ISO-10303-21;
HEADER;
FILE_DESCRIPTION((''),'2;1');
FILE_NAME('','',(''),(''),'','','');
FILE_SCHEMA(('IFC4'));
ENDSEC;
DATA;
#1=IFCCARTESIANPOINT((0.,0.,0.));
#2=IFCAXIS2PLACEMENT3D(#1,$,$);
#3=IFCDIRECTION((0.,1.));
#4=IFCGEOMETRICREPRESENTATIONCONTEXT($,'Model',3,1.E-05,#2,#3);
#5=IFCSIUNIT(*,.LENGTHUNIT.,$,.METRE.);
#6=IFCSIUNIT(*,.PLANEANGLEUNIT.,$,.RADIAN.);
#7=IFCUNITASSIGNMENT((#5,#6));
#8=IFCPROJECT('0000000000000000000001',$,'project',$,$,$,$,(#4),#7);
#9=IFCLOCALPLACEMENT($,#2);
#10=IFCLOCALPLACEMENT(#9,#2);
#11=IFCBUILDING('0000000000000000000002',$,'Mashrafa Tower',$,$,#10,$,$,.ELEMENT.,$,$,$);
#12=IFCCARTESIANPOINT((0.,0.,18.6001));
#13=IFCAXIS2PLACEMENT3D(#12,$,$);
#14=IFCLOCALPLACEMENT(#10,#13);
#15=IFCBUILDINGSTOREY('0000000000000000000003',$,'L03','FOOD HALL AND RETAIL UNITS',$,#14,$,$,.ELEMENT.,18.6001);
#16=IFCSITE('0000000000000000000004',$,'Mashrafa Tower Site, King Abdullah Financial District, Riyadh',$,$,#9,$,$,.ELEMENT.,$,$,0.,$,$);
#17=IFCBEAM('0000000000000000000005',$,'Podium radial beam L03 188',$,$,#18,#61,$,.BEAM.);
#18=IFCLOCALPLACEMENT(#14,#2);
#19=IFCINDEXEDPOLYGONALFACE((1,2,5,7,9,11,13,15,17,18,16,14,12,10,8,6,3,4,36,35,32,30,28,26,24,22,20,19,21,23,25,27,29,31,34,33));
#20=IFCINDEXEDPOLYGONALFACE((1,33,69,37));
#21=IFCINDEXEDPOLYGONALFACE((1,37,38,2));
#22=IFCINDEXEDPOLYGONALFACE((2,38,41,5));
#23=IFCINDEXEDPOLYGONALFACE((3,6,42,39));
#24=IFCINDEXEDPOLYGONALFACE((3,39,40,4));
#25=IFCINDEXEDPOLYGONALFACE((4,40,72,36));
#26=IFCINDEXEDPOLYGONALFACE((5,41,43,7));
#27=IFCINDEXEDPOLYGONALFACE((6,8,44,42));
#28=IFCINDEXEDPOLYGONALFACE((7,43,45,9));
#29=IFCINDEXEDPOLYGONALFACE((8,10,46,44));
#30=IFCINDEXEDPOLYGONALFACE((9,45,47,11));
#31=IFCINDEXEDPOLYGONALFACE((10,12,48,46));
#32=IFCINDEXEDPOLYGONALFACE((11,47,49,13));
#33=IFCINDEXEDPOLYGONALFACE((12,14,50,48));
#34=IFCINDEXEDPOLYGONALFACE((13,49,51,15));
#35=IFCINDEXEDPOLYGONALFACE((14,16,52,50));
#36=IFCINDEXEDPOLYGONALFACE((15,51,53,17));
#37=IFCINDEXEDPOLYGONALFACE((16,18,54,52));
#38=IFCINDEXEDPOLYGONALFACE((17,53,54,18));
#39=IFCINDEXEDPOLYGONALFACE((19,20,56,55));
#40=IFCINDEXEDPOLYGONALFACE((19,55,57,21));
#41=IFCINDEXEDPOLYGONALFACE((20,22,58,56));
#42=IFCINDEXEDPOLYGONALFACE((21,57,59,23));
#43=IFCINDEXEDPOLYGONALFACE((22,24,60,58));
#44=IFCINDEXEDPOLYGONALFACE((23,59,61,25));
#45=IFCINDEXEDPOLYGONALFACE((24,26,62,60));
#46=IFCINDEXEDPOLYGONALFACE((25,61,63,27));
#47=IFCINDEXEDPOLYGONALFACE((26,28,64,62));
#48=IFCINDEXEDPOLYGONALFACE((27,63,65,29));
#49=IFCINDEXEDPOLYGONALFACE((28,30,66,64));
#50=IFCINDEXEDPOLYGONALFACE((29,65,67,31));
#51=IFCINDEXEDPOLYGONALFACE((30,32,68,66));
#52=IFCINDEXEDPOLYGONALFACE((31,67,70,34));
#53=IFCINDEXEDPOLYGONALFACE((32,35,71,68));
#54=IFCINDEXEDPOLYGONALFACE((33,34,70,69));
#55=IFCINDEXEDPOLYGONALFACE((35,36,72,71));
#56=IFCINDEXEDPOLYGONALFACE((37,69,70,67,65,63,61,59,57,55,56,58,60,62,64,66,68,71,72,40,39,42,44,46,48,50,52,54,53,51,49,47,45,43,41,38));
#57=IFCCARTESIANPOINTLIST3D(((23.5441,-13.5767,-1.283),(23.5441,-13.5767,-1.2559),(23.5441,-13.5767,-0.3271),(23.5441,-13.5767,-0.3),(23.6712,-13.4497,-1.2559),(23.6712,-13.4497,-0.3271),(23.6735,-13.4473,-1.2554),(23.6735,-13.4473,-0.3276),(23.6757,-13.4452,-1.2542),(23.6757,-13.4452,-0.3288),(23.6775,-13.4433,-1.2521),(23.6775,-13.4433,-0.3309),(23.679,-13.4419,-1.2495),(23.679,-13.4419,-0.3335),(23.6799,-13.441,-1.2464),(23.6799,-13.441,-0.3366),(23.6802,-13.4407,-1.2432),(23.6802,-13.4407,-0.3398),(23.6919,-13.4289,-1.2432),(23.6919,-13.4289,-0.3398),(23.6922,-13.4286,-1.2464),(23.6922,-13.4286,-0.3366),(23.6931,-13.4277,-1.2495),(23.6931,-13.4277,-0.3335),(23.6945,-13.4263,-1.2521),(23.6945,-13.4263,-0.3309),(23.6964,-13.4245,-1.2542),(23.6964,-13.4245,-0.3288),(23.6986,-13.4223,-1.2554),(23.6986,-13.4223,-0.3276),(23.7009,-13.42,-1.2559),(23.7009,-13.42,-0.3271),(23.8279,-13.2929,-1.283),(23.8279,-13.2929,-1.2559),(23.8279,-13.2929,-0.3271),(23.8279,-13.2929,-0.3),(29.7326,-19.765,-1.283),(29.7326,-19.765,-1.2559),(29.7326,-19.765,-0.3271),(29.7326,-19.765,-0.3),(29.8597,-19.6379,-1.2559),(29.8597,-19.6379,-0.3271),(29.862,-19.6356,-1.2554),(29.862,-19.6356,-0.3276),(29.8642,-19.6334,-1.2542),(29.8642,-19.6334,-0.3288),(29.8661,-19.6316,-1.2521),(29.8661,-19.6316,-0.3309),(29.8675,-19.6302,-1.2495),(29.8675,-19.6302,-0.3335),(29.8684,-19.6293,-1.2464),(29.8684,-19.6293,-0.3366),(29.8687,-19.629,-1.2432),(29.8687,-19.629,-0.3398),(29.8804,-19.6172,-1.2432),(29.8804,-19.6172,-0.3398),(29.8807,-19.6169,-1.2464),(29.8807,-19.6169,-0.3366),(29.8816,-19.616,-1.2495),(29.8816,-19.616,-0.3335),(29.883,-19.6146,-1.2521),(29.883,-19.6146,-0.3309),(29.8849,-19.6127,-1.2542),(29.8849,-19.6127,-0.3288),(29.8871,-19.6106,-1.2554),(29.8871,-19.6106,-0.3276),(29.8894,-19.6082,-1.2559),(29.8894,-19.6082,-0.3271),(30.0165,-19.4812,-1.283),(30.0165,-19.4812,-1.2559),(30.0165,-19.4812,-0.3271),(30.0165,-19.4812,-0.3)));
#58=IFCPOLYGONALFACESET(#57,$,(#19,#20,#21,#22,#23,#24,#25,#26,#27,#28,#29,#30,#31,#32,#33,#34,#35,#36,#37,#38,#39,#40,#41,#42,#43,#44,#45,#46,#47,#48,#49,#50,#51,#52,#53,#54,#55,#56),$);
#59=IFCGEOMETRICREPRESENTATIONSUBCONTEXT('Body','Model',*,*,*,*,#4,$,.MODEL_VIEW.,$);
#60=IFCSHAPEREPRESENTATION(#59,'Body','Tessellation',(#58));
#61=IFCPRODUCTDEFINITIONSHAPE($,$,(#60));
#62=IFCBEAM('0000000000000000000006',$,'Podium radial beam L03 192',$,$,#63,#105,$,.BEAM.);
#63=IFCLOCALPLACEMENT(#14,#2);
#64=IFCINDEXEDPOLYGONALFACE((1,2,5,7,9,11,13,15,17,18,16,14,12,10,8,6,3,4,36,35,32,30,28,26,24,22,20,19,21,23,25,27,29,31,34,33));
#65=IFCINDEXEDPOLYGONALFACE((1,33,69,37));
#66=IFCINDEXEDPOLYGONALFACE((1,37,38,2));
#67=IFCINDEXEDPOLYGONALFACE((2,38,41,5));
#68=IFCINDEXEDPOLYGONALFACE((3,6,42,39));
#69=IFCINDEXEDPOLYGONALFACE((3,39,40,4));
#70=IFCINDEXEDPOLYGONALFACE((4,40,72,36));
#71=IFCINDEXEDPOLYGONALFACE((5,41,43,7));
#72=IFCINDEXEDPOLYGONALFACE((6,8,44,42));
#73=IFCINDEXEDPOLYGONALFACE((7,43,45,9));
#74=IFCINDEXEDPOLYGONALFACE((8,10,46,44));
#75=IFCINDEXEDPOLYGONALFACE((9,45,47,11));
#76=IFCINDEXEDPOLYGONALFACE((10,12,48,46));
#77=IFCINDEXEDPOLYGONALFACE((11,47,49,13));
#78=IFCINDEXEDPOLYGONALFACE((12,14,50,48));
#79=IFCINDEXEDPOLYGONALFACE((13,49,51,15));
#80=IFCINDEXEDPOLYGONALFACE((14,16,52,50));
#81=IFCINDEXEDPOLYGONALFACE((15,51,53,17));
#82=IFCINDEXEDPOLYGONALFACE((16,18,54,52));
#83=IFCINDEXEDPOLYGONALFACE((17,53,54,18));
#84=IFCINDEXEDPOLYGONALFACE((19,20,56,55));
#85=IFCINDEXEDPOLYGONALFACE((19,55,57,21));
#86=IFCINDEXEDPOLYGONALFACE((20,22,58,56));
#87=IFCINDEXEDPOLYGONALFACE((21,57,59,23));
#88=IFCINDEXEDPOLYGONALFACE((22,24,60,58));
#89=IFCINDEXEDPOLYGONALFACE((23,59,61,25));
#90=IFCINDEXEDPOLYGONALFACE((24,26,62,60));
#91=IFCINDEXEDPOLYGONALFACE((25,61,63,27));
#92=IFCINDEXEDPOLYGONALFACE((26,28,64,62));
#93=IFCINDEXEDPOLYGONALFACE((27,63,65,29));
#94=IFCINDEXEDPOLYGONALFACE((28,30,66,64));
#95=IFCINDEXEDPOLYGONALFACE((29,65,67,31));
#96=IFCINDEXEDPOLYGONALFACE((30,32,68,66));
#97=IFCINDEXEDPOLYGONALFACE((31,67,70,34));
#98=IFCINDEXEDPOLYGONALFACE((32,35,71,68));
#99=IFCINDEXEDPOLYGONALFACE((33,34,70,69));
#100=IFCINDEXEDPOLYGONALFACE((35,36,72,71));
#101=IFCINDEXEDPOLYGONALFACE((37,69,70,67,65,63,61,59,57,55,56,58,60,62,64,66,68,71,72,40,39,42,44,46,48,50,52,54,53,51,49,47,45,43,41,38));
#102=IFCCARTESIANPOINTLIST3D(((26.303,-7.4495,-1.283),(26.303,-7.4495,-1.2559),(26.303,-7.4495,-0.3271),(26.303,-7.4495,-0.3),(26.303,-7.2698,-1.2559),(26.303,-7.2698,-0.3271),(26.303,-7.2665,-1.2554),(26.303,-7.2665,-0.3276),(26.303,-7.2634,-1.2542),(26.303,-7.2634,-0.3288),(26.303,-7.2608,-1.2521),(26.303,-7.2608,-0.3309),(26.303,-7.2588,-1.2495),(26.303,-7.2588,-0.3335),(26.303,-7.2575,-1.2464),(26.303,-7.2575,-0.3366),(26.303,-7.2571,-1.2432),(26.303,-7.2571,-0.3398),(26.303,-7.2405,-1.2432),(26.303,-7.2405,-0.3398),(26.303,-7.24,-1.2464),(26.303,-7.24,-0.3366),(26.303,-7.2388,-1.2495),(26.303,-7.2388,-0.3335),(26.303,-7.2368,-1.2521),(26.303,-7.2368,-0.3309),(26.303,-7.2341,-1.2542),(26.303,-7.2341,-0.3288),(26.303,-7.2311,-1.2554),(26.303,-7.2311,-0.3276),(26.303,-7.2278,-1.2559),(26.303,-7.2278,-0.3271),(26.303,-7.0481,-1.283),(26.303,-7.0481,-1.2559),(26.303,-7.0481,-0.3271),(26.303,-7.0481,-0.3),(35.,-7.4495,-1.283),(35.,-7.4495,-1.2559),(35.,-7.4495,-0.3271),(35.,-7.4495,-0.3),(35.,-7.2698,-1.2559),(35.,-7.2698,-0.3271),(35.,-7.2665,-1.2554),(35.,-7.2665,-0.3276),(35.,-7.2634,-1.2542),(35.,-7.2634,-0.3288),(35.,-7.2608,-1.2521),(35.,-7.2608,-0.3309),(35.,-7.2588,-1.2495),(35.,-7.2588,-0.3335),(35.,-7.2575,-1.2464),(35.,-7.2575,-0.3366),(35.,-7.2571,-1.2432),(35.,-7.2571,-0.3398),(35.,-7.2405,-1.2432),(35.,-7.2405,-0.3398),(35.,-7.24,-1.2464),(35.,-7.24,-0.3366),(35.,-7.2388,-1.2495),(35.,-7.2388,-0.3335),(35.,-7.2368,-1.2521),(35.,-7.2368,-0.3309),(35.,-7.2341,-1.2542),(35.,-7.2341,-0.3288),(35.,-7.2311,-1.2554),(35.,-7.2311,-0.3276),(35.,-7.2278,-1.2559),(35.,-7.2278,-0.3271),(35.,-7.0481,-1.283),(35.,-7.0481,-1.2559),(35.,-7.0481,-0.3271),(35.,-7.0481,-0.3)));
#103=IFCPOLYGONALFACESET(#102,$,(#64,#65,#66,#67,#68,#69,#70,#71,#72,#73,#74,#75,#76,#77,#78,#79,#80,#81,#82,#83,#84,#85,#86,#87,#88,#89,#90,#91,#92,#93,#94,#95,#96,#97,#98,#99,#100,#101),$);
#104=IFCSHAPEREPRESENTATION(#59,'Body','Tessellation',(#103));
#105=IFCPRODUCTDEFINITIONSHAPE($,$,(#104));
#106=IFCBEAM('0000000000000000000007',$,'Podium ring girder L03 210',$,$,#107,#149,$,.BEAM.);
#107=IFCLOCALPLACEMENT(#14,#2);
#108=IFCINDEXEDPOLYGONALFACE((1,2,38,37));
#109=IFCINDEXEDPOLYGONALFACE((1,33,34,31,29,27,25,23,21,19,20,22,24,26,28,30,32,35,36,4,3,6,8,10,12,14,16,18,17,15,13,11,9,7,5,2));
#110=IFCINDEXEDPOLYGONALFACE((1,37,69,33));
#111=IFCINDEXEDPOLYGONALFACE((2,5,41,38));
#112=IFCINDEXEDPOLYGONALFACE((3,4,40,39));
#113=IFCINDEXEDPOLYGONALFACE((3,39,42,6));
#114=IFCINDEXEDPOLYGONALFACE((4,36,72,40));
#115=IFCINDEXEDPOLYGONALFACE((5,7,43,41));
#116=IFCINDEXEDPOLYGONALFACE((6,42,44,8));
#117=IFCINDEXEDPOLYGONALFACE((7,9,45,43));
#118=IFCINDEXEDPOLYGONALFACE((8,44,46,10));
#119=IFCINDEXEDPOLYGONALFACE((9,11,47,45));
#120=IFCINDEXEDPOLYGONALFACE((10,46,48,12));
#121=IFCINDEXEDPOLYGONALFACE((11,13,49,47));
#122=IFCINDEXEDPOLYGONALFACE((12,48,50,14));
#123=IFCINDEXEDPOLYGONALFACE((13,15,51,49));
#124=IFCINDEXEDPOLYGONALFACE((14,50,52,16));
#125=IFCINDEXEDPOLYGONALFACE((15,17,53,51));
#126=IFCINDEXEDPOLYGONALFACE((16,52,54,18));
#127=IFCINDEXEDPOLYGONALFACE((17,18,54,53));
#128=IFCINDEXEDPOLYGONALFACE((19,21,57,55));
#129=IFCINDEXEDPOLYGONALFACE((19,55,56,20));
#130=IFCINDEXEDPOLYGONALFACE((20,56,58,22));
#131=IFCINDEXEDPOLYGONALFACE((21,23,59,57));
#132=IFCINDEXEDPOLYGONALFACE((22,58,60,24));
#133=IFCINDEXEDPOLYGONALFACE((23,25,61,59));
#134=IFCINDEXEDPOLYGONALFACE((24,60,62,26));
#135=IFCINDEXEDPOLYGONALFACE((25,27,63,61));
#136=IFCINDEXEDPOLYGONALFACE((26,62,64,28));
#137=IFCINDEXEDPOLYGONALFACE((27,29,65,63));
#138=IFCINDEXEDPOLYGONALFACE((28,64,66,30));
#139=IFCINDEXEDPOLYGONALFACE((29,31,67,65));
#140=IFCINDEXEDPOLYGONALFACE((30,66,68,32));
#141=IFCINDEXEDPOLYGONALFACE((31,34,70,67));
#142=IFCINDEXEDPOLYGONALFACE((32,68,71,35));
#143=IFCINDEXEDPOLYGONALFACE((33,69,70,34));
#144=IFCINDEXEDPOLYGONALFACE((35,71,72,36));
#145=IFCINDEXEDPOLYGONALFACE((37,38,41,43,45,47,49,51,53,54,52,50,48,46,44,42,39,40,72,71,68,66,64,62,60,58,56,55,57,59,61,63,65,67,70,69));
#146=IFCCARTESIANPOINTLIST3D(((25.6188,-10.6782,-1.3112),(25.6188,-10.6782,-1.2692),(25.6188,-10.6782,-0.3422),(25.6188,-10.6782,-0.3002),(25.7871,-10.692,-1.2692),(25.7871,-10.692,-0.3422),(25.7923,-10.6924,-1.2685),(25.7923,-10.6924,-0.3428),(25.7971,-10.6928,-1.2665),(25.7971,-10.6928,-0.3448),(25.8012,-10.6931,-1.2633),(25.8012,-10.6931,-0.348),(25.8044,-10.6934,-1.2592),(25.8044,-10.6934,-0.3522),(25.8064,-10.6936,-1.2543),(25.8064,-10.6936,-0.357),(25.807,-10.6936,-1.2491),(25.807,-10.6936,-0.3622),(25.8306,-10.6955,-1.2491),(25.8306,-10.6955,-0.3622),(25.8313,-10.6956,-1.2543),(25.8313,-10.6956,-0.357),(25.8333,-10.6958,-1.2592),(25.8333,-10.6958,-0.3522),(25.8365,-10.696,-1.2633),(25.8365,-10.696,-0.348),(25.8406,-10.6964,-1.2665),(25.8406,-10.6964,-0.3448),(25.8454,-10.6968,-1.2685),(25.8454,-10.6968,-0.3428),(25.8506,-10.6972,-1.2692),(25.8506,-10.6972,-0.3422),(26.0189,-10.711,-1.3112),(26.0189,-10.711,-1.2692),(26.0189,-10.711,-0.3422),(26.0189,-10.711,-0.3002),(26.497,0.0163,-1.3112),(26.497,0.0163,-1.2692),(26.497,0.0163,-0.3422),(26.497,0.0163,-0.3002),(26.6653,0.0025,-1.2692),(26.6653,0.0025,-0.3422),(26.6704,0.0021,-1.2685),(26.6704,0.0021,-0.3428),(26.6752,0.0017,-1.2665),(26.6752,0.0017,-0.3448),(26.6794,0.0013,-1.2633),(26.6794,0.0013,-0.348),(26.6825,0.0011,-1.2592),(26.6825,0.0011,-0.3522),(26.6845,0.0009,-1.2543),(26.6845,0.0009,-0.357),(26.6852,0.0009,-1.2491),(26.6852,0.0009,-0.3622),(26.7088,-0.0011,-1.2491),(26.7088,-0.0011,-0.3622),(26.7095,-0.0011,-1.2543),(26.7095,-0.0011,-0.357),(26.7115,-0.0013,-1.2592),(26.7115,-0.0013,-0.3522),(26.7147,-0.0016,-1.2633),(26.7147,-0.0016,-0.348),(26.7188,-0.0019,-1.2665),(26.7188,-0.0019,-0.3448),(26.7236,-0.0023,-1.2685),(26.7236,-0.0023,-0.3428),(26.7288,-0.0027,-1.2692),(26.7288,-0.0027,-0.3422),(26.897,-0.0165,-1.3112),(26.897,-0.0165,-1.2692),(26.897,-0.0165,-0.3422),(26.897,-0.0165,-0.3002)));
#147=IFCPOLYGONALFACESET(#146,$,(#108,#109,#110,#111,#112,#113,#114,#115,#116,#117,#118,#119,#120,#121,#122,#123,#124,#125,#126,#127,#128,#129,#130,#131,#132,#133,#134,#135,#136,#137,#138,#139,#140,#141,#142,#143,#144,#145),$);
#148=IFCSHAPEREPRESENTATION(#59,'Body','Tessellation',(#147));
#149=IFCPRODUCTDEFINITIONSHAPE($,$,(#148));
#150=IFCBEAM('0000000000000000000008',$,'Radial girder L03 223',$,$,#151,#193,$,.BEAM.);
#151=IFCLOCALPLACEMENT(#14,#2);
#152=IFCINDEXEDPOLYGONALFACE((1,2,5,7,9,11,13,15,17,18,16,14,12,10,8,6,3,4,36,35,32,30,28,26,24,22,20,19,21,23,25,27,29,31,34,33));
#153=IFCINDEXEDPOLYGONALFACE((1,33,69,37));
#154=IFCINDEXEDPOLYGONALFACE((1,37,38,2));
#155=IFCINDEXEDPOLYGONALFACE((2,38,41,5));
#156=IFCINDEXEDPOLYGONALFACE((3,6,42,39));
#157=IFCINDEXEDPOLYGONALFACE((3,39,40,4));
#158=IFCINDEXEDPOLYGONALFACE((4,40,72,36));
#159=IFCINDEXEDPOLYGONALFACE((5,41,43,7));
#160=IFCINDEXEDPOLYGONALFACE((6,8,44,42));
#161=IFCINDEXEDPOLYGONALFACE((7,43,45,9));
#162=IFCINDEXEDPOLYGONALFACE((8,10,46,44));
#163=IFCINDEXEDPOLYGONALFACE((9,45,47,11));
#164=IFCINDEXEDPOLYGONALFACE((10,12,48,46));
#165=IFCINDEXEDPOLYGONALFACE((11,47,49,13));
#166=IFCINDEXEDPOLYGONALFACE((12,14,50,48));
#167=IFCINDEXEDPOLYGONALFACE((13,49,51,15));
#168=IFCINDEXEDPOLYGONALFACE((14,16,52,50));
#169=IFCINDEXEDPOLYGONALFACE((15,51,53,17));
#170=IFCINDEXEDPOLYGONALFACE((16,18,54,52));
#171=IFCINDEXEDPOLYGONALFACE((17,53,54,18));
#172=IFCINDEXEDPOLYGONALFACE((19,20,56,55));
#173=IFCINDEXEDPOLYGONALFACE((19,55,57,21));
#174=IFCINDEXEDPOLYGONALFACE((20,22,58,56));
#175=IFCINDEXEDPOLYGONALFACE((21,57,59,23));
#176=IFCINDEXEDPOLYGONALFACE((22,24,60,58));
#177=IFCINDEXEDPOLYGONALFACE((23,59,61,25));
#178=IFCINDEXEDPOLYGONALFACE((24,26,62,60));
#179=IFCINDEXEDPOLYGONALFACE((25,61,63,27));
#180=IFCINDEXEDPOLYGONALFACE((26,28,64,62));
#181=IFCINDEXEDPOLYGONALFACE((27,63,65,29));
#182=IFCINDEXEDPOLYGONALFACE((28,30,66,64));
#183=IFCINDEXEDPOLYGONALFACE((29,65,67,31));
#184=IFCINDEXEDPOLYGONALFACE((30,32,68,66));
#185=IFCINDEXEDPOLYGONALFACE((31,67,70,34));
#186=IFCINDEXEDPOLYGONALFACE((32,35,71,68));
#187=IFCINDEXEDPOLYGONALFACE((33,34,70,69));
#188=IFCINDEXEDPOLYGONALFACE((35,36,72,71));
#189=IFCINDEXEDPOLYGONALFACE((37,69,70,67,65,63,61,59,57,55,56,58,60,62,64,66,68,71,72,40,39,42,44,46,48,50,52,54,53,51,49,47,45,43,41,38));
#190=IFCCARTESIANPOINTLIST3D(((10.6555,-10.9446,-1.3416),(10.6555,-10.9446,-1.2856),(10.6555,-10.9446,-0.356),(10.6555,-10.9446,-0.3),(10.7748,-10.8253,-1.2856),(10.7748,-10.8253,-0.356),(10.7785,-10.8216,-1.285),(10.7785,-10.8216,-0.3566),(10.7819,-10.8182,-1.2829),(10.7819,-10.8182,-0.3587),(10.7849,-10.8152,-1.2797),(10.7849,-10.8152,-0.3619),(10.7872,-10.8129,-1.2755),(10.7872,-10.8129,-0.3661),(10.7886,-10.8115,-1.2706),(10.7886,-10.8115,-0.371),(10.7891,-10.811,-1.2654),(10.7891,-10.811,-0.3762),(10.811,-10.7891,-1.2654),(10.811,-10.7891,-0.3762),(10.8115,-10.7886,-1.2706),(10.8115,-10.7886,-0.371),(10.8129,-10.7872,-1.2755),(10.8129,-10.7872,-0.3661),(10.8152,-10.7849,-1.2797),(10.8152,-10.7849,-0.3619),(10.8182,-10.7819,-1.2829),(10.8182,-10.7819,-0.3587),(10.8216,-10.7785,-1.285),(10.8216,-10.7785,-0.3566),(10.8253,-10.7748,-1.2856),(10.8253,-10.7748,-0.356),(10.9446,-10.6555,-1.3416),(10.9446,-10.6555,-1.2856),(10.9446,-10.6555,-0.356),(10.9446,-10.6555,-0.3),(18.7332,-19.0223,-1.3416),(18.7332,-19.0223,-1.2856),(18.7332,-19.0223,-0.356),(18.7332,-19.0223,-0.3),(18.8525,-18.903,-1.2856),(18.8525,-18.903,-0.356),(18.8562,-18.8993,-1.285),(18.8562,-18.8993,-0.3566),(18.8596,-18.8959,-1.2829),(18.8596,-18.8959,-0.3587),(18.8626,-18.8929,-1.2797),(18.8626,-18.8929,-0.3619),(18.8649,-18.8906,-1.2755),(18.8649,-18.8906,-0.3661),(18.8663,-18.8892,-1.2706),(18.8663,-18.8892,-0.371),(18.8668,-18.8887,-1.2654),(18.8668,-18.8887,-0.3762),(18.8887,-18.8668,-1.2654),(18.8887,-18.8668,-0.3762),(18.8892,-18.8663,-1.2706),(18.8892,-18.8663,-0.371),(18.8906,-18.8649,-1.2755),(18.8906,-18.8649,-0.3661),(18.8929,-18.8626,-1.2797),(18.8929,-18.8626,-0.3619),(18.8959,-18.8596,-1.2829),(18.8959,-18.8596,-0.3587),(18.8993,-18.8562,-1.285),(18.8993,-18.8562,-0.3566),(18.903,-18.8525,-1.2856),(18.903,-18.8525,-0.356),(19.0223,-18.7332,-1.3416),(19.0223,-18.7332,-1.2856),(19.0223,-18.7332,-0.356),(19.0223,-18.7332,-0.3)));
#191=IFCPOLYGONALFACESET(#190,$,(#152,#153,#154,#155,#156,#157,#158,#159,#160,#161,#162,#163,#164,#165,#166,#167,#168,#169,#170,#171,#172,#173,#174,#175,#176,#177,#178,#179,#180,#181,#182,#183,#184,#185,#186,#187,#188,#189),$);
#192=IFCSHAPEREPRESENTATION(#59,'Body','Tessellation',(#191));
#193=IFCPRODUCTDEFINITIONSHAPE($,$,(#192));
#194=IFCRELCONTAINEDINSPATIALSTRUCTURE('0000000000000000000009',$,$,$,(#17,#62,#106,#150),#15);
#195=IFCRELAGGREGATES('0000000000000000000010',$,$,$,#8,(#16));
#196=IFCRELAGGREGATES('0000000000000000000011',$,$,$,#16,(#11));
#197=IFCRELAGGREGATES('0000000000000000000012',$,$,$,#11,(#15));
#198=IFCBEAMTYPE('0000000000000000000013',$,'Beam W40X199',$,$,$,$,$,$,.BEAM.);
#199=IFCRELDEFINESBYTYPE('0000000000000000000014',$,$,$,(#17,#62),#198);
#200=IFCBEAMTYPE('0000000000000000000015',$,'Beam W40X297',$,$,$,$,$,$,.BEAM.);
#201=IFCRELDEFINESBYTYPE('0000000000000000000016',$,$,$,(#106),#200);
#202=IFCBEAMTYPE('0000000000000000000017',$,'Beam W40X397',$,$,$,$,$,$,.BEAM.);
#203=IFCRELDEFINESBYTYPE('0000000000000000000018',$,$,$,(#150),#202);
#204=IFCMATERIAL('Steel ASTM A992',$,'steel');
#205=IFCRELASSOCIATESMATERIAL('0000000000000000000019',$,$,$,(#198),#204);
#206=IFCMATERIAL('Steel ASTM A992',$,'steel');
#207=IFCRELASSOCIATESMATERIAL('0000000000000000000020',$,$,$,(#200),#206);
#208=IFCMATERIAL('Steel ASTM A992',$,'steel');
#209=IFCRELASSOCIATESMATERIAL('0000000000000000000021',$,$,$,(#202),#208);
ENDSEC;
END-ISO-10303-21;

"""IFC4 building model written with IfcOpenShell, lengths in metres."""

from ifc_helpers import new_model, si_unit, direction, frame, origin, origin_2d, place, context, subcontext, project, spatial, i_section, extrude, material, material_profile, profile_set, type_object, element, save


model = new_model("IFC4")

# Units and contexts
model_context = context("Model", 3, precision=1e-05, world=origin(), true_north=direction((0.0, 1.0)))
body_context = subcontext(model_context, "Body", "Model", "MODEL_VIEW")
ifc_project = project(units=[si_unit("LENGTHUNIT", "METRE"), si_unit("PLANEANGLEUNIT", "RADIAN")], contexts=[model_context])

# Site, building, storey
site_placement = place(None, origin())
site = spatial("IfcSite", under=ifc_project, at=site_placement, Name="Mashrafa Tower Site, King Abdullah Financial District, Riyadh", CompositionType="ELEMENT", RefElevation=0.0)
building_placement = place(site_placement, origin())
building = spatial("IfcBuilding", under=site, at=building_placement, Name="Mashrafa Tower", CompositionType="ELEMENT")
storey_placement = place(building_placement, frame((0.0, 0.0, 18.6001)))
storey = spatial("IfcBuildingStorey", under=building, at=storey_placement, Name="L03", Description="FOOD HALL AND RETAIL UNITS", CompositionType="ELEMENT", Elevation=18.6001)

# Beams
ifc_material_1 = material(Name="Steel ASTM A992", Category="steel")
ifc_material_profile_1 = material_profile(ifc_material_1, i_section(OverallWidth=0.4014, OverallDepth=0.9829, WebThickness=0.0166, FlangeThickness=0.0271, FilletRadius=0.0127, at=origin_2d()), Name="W40X199")
ifc_profile_set_1 = profile_set([ifc_material_profile_1], Name="Steel ASTM A992")
beam_type_1 = type_object("IfcBeamType", Name="Beam W40X199", PredefinedType="BEAM", material=ifc_profile_set_1)
beam_1_placement = place(storey_placement, frame((23.686, -13.4348, -0.7915), z_axis=(0.707121, -0.707093, 0.0), x_axis=(0.707093, 0.707121, 0.0)))
element("IfcBeam", 1, at=beam_1_placement, inside=storey, type_object=beam_type_1, Name="Podium radial beam L03 188", PredefinedType="BEAM", context=body_context, shape_type="SweptSolid", body=[
    extrude(i_section(OverallWidth=0.4014, OverallDepth=0.9829, WebThickness=0.0166, FlangeThickness=0.0271, FilletRadius=0.0127, at=origin_2d()), origin(), (0.0, 0.0, 1.0), 8.7517),
])
beam_2_placement = place(storey_placement, frame((26.303, -7.2488, -0.7915), z_axis=(1.0, 0.0, 0.0), x_axis=(0.0, 1.0, 0.0)))
element("IfcBeam", 2, at=beam_2_placement, inside=storey, type_object=beam_type_1, Name="Podium radial beam L03 192", PredefinedType="BEAM", context=body_context, shape_type="SweptSolid", body=[
    extrude(i_section(OverallWidth=0.4014, OverallDepth=0.9829, WebThickness=0.0166, FlangeThickness=0.0271, FilletRadius=0.0127, at=origin_2d()), origin(), (0.0, 0.0, 1.0), 8.697),
])
ifc_material_2 = material(Name="Steel ASTM A992", Category="steel")
ifc_material_profile_2 = material_profile(ifc_material_2, i_section(OverallWidth=0.4014, OverallDepth=1.011, WebThickness=0.0237, FlangeThickness=0.042, FilletRadius=0.02, at=origin_2d()), Name="W40X297")
ifc_profile_set_2 = profile_set([ifc_material_profile_2], Name="Steel ASTM A992")
beam_type_2 = type_object("IfcBeamType", Name="Beam W40X297", PredefinedType="BEAM", material=ifc_profile_set_2)
beam_3_placement = place(storey_placement, frame((25.8188, -10.6946, -0.8057), z_axis=(0.081838, 0.996646, 0.0), x_axis=(-0.996646, 0.081838, 0.0)))
element("IfcBeam", 3, at=beam_3_placement, inside=storey, type_object=beam_type_2, Name="Podium ring girder L03 210", PredefinedType="BEAM", context=body_context, shape_type="SweptSolid", body=[
    extrude(i_section(OverallWidth=0.4014, OverallDepth=1.011, WebThickness=0.0237, FlangeThickness=0.042, FilletRadius=0.02, at=origin_2d()), origin(), (0.0, 0.0, 1.0), 10.7305),
])
ifc_material_3 = material(Name="Steel ASTM A992", Category="steel")
ifc_material_profile_3 = material_profile(ifc_material_3, i_section(OverallWidth=0.4089, OverallDepth=1.0415, WebThickness=0.031, FlangeThickness=0.0559, FilletRadius=0.0203, at=origin_2d()), Name="W40X397")
ifc_profile_set_3 = profile_set([ifc_material_profile_3], Name="Steel ASTM A992")
beam_type_3 = type_object("IfcBeamType", Name="Beam W40X397", PredefinedType="BEAM", material=ifc_profile_set_3)
beam_4_placement = place(storey_placement, frame((10.8, -10.8, -0.8208), z_axis=(0.707107, -0.707107, 0.0), x_axis=(0.707107, 0.707107, 0.0)))
element("IfcBeam", 4, at=beam_4_placement, inside=storey, type_object=beam_type_3, Name="Radial girder L03 223", PredefinedType="BEAM", context=body_context, shape_type="SweptSolid", body=[
    extrude(i_section(OverallWidth=0.4089, OverallDepth=1.0415, WebThickness=0.031, FlangeThickness=0.0559, FilletRadius=0.0203, at=origin_2d()), origin(), (0.0, 0.0, 1.0), 11.4236),
])

save(model, "model.ifc")
